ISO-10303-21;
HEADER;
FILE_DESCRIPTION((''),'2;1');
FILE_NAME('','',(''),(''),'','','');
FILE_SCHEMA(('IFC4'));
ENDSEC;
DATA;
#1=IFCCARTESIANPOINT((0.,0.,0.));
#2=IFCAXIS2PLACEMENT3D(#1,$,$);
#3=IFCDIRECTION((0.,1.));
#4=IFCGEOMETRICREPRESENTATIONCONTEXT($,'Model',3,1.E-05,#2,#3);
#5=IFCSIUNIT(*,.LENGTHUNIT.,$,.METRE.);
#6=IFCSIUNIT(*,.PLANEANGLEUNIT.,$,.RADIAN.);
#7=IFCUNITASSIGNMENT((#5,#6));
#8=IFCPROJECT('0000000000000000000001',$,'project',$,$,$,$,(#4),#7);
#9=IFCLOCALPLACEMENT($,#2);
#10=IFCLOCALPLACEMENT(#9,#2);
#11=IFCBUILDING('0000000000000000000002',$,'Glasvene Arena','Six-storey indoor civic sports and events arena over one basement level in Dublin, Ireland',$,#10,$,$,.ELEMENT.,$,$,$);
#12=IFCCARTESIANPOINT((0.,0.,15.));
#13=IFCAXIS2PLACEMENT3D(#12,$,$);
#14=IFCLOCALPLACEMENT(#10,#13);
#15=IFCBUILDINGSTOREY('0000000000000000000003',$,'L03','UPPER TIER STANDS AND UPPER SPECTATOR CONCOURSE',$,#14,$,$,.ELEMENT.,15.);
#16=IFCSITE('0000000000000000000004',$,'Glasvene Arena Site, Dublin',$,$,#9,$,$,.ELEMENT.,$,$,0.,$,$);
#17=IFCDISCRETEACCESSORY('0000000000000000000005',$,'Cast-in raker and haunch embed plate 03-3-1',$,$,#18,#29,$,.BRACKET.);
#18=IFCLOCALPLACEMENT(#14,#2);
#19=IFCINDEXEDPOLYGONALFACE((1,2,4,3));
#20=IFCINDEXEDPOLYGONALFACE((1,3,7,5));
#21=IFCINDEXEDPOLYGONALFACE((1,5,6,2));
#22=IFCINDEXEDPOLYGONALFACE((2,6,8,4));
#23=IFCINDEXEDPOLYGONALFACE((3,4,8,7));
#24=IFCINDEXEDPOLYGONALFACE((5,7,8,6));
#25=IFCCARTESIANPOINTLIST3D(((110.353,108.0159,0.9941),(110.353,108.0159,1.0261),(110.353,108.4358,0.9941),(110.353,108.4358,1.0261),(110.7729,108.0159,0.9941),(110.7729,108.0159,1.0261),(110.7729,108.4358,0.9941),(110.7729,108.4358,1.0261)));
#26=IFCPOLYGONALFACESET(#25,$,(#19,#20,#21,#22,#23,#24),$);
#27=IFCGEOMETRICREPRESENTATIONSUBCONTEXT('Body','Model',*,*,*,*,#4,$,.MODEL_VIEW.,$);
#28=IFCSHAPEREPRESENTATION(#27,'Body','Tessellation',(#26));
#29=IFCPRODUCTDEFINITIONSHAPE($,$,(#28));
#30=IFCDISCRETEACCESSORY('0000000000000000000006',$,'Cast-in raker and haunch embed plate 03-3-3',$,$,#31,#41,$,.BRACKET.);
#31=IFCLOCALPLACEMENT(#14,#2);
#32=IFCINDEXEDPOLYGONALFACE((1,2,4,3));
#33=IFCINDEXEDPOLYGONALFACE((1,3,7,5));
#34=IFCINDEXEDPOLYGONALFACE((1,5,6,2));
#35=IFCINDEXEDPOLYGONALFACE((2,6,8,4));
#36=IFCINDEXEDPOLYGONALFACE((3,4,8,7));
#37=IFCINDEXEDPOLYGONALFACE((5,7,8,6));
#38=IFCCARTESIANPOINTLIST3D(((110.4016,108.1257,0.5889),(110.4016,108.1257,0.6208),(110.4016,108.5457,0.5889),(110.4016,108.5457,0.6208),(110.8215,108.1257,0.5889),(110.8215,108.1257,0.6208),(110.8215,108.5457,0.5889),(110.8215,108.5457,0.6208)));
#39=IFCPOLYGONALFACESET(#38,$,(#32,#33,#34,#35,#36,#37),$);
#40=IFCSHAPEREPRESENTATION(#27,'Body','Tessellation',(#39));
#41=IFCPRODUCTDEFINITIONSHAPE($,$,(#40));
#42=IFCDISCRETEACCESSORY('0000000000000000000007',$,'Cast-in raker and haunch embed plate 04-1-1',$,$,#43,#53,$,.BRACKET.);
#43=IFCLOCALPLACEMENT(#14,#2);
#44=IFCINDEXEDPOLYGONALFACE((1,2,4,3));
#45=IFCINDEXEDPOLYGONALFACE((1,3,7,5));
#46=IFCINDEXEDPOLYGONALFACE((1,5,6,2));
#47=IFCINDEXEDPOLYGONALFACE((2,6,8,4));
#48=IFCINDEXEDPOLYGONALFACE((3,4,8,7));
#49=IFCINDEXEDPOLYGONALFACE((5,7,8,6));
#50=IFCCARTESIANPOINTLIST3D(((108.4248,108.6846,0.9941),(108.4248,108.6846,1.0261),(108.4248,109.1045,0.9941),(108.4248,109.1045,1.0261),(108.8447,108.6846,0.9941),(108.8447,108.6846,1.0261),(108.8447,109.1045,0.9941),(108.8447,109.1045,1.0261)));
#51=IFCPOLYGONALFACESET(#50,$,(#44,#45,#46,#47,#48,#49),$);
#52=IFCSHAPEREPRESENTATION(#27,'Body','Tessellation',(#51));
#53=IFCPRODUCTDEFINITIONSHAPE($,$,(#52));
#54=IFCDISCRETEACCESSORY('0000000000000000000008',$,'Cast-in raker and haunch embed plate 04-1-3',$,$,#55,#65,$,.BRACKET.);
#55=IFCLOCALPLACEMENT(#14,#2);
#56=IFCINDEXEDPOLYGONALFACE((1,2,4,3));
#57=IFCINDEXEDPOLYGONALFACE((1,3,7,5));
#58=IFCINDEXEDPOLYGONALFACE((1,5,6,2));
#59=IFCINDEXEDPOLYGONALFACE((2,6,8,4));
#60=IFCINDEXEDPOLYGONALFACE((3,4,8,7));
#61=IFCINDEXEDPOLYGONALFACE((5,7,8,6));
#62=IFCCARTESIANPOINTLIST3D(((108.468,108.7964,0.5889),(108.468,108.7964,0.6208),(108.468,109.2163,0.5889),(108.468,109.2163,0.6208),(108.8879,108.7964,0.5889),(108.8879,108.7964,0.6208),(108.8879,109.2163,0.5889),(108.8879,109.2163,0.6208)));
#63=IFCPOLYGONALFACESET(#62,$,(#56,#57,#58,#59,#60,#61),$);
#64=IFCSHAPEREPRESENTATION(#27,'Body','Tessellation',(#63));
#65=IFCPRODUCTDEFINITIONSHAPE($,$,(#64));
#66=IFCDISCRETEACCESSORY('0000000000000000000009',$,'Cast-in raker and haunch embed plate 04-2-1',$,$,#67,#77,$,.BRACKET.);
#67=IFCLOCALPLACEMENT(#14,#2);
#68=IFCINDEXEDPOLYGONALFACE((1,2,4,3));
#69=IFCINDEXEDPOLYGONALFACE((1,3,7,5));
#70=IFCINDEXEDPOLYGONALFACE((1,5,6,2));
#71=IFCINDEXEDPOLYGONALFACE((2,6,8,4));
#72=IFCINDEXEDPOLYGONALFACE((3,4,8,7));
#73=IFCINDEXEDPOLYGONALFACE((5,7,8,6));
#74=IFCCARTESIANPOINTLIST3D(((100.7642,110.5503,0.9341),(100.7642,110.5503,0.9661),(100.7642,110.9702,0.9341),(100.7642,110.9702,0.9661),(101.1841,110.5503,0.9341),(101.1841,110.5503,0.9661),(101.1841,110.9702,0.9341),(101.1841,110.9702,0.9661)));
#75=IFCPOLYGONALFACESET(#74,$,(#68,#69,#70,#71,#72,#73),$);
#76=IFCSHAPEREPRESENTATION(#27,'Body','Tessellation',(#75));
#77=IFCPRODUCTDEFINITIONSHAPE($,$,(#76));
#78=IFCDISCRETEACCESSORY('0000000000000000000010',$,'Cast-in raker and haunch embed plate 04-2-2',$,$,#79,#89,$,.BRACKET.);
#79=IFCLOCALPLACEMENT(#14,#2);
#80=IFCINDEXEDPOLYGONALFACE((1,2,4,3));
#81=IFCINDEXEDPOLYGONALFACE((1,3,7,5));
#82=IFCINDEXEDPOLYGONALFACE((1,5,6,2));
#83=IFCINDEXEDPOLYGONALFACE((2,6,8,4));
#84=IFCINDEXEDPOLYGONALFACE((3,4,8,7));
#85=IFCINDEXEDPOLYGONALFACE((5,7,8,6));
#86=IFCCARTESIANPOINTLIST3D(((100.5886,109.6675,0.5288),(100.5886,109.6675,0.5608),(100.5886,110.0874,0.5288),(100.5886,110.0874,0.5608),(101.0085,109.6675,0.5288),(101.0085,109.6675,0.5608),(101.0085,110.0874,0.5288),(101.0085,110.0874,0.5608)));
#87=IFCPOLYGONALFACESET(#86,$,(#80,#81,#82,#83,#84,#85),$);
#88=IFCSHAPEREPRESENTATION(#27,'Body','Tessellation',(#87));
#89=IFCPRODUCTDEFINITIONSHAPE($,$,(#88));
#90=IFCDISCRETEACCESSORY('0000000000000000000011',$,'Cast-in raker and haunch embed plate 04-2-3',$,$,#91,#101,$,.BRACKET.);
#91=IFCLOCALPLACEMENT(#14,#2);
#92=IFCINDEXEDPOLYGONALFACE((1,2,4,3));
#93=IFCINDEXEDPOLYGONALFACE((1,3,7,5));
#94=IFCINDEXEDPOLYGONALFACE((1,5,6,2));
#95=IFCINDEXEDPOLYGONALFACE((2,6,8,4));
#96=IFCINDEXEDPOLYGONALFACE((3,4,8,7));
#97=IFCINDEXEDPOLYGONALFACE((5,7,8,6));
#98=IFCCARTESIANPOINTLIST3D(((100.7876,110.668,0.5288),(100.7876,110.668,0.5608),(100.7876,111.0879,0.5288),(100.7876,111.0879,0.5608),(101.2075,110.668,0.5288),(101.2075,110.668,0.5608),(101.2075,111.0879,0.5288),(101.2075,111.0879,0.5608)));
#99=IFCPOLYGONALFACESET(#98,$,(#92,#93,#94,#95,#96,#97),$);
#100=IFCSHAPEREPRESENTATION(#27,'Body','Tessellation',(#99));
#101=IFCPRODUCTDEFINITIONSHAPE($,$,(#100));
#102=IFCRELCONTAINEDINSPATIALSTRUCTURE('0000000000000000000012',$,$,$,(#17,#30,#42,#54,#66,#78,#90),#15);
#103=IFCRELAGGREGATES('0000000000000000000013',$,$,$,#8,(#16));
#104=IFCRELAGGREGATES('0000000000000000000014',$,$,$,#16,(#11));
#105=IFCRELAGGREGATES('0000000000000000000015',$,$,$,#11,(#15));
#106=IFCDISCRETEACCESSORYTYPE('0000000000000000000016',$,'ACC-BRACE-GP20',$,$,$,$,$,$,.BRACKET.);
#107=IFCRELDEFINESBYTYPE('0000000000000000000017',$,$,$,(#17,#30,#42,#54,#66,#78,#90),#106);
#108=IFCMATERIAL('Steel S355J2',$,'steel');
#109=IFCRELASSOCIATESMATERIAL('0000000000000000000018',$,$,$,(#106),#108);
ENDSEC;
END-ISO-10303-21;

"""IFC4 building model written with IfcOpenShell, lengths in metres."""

from ifc_helpers import new_model, si_unit, direction, frame, origin, origin_2d, place, context, subcontext, project, spatial, rectangle, extrude, material, type_object, element, save


model = new_model("IFC4")

# Units and contexts
model_context = context("Model", 3, precision=1e-05, world=origin(), true_north=direction((0.0, 1.0)))
body_context = subcontext(model_context, "Body", "Model", "MODEL_VIEW")
ifc_project = project(units=[si_unit("LENGTHUNIT", "METRE"), si_unit("PLANEANGLEUNIT", "RADIAN")], contexts=[model_context])

# Site, building, storey
site_placement = place(None, origin())
site = spatial("IfcSite", under=ifc_project, at=site_placement, Name="Glasvene Arena Site, Dublin", CompositionType="ELEMENT", RefElevation=0.0)
building_placement = place(site_placement, origin())
building = spatial("IfcBuilding", under=site, at=building_placement, Name="Glasvene Arena", Description="Six-storey indoor civic sports and events arena over one basement level in Dublin, Ireland", CompositionType="ELEMENT")
storey_placement = place(building_placement, frame((0.0, 0.0, 15.0)))
storey = spatial("IfcBuildingStorey", under=building, at=storey_placement, Name="L03", Description="UPPER TIER STANDS AND UPPER SPECTATOR CONCOURSE", CompositionType="ELEMENT", Elevation=15.0)

# Shared definitions
ifc_material_1 = material(Name="Steel S355J2", Category="steel")

# Discrete accessories
discrete_accessory_type = type_object("IfcDiscreteAccessoryType", Name="ACC-BRACE-GP20", PredefinedType="BRACKET", material=ifc_material_1)
for number, where, z_axis, x_axis, name in (
    (1, (110.563, 108.2258, 0.9941), (0.0, 0.0, 1.0), (1.0, 0.0, 0.0), "Cast-in raker and haunch embed plate 03-3-1"),
    (2, (110.6116, 108.3357, 0.5889), (0.0, 0.0, 1.0), (1.0, 0.0, 0.0), "Cast-in raker and haunch embed plate 03-3-3"),
    (3, (108.6348, 108.8945, 0.9941), (0.0, 0.0, 1.0), (1.0, 0.0, 0.0), "Cast-in raker and haunch embed plate 04-1-1"),
    (4, (108.678, 109.0063, 0.5889), (0.0, 0.0, 1.0), (1.0, 0.0, 0.0), "Cast-in raker and haunch embed plate 04-1-3"),
    (5, (100.9741, 110.7603, 0.9341), (0.0, 0.0, 1.0), (1.0, 0.0, 0.0), "Cast-in raker and haunch embed plate 04-2-1"),
    (6, (100.7986, 109.8774, 0.5288), (0.0, 0.0, 1.0), (1.0, 0.0, 0.0), "Cast-in raker and haunch embed plate 04-2-2"),
    (7, (100.9976, 110.8779, 0.5288), (0.0, 0.0, 1.0), (1.0, 0.0, 0.0), "Cast-in raker and haunch embed plate 04-2-3"),
):
    element("IfcDiscreteAccessory", number, at=place(storey_placement, frame(where, z_axis=z_axis, x_axis=x_axis)), inside=storey, type_object=discrete_accessory_type, Name=name, PredefinedType="BRACKET", context=body_context, shape_type="SweptSolid", body=[
        extrude(rectangle(XDim=0.4199, YDim=0.4199, at=origin_2d()), origin(), (0.0, 0.0, 1.0), 0.032),
    ])

save(model, "model.ifc")
